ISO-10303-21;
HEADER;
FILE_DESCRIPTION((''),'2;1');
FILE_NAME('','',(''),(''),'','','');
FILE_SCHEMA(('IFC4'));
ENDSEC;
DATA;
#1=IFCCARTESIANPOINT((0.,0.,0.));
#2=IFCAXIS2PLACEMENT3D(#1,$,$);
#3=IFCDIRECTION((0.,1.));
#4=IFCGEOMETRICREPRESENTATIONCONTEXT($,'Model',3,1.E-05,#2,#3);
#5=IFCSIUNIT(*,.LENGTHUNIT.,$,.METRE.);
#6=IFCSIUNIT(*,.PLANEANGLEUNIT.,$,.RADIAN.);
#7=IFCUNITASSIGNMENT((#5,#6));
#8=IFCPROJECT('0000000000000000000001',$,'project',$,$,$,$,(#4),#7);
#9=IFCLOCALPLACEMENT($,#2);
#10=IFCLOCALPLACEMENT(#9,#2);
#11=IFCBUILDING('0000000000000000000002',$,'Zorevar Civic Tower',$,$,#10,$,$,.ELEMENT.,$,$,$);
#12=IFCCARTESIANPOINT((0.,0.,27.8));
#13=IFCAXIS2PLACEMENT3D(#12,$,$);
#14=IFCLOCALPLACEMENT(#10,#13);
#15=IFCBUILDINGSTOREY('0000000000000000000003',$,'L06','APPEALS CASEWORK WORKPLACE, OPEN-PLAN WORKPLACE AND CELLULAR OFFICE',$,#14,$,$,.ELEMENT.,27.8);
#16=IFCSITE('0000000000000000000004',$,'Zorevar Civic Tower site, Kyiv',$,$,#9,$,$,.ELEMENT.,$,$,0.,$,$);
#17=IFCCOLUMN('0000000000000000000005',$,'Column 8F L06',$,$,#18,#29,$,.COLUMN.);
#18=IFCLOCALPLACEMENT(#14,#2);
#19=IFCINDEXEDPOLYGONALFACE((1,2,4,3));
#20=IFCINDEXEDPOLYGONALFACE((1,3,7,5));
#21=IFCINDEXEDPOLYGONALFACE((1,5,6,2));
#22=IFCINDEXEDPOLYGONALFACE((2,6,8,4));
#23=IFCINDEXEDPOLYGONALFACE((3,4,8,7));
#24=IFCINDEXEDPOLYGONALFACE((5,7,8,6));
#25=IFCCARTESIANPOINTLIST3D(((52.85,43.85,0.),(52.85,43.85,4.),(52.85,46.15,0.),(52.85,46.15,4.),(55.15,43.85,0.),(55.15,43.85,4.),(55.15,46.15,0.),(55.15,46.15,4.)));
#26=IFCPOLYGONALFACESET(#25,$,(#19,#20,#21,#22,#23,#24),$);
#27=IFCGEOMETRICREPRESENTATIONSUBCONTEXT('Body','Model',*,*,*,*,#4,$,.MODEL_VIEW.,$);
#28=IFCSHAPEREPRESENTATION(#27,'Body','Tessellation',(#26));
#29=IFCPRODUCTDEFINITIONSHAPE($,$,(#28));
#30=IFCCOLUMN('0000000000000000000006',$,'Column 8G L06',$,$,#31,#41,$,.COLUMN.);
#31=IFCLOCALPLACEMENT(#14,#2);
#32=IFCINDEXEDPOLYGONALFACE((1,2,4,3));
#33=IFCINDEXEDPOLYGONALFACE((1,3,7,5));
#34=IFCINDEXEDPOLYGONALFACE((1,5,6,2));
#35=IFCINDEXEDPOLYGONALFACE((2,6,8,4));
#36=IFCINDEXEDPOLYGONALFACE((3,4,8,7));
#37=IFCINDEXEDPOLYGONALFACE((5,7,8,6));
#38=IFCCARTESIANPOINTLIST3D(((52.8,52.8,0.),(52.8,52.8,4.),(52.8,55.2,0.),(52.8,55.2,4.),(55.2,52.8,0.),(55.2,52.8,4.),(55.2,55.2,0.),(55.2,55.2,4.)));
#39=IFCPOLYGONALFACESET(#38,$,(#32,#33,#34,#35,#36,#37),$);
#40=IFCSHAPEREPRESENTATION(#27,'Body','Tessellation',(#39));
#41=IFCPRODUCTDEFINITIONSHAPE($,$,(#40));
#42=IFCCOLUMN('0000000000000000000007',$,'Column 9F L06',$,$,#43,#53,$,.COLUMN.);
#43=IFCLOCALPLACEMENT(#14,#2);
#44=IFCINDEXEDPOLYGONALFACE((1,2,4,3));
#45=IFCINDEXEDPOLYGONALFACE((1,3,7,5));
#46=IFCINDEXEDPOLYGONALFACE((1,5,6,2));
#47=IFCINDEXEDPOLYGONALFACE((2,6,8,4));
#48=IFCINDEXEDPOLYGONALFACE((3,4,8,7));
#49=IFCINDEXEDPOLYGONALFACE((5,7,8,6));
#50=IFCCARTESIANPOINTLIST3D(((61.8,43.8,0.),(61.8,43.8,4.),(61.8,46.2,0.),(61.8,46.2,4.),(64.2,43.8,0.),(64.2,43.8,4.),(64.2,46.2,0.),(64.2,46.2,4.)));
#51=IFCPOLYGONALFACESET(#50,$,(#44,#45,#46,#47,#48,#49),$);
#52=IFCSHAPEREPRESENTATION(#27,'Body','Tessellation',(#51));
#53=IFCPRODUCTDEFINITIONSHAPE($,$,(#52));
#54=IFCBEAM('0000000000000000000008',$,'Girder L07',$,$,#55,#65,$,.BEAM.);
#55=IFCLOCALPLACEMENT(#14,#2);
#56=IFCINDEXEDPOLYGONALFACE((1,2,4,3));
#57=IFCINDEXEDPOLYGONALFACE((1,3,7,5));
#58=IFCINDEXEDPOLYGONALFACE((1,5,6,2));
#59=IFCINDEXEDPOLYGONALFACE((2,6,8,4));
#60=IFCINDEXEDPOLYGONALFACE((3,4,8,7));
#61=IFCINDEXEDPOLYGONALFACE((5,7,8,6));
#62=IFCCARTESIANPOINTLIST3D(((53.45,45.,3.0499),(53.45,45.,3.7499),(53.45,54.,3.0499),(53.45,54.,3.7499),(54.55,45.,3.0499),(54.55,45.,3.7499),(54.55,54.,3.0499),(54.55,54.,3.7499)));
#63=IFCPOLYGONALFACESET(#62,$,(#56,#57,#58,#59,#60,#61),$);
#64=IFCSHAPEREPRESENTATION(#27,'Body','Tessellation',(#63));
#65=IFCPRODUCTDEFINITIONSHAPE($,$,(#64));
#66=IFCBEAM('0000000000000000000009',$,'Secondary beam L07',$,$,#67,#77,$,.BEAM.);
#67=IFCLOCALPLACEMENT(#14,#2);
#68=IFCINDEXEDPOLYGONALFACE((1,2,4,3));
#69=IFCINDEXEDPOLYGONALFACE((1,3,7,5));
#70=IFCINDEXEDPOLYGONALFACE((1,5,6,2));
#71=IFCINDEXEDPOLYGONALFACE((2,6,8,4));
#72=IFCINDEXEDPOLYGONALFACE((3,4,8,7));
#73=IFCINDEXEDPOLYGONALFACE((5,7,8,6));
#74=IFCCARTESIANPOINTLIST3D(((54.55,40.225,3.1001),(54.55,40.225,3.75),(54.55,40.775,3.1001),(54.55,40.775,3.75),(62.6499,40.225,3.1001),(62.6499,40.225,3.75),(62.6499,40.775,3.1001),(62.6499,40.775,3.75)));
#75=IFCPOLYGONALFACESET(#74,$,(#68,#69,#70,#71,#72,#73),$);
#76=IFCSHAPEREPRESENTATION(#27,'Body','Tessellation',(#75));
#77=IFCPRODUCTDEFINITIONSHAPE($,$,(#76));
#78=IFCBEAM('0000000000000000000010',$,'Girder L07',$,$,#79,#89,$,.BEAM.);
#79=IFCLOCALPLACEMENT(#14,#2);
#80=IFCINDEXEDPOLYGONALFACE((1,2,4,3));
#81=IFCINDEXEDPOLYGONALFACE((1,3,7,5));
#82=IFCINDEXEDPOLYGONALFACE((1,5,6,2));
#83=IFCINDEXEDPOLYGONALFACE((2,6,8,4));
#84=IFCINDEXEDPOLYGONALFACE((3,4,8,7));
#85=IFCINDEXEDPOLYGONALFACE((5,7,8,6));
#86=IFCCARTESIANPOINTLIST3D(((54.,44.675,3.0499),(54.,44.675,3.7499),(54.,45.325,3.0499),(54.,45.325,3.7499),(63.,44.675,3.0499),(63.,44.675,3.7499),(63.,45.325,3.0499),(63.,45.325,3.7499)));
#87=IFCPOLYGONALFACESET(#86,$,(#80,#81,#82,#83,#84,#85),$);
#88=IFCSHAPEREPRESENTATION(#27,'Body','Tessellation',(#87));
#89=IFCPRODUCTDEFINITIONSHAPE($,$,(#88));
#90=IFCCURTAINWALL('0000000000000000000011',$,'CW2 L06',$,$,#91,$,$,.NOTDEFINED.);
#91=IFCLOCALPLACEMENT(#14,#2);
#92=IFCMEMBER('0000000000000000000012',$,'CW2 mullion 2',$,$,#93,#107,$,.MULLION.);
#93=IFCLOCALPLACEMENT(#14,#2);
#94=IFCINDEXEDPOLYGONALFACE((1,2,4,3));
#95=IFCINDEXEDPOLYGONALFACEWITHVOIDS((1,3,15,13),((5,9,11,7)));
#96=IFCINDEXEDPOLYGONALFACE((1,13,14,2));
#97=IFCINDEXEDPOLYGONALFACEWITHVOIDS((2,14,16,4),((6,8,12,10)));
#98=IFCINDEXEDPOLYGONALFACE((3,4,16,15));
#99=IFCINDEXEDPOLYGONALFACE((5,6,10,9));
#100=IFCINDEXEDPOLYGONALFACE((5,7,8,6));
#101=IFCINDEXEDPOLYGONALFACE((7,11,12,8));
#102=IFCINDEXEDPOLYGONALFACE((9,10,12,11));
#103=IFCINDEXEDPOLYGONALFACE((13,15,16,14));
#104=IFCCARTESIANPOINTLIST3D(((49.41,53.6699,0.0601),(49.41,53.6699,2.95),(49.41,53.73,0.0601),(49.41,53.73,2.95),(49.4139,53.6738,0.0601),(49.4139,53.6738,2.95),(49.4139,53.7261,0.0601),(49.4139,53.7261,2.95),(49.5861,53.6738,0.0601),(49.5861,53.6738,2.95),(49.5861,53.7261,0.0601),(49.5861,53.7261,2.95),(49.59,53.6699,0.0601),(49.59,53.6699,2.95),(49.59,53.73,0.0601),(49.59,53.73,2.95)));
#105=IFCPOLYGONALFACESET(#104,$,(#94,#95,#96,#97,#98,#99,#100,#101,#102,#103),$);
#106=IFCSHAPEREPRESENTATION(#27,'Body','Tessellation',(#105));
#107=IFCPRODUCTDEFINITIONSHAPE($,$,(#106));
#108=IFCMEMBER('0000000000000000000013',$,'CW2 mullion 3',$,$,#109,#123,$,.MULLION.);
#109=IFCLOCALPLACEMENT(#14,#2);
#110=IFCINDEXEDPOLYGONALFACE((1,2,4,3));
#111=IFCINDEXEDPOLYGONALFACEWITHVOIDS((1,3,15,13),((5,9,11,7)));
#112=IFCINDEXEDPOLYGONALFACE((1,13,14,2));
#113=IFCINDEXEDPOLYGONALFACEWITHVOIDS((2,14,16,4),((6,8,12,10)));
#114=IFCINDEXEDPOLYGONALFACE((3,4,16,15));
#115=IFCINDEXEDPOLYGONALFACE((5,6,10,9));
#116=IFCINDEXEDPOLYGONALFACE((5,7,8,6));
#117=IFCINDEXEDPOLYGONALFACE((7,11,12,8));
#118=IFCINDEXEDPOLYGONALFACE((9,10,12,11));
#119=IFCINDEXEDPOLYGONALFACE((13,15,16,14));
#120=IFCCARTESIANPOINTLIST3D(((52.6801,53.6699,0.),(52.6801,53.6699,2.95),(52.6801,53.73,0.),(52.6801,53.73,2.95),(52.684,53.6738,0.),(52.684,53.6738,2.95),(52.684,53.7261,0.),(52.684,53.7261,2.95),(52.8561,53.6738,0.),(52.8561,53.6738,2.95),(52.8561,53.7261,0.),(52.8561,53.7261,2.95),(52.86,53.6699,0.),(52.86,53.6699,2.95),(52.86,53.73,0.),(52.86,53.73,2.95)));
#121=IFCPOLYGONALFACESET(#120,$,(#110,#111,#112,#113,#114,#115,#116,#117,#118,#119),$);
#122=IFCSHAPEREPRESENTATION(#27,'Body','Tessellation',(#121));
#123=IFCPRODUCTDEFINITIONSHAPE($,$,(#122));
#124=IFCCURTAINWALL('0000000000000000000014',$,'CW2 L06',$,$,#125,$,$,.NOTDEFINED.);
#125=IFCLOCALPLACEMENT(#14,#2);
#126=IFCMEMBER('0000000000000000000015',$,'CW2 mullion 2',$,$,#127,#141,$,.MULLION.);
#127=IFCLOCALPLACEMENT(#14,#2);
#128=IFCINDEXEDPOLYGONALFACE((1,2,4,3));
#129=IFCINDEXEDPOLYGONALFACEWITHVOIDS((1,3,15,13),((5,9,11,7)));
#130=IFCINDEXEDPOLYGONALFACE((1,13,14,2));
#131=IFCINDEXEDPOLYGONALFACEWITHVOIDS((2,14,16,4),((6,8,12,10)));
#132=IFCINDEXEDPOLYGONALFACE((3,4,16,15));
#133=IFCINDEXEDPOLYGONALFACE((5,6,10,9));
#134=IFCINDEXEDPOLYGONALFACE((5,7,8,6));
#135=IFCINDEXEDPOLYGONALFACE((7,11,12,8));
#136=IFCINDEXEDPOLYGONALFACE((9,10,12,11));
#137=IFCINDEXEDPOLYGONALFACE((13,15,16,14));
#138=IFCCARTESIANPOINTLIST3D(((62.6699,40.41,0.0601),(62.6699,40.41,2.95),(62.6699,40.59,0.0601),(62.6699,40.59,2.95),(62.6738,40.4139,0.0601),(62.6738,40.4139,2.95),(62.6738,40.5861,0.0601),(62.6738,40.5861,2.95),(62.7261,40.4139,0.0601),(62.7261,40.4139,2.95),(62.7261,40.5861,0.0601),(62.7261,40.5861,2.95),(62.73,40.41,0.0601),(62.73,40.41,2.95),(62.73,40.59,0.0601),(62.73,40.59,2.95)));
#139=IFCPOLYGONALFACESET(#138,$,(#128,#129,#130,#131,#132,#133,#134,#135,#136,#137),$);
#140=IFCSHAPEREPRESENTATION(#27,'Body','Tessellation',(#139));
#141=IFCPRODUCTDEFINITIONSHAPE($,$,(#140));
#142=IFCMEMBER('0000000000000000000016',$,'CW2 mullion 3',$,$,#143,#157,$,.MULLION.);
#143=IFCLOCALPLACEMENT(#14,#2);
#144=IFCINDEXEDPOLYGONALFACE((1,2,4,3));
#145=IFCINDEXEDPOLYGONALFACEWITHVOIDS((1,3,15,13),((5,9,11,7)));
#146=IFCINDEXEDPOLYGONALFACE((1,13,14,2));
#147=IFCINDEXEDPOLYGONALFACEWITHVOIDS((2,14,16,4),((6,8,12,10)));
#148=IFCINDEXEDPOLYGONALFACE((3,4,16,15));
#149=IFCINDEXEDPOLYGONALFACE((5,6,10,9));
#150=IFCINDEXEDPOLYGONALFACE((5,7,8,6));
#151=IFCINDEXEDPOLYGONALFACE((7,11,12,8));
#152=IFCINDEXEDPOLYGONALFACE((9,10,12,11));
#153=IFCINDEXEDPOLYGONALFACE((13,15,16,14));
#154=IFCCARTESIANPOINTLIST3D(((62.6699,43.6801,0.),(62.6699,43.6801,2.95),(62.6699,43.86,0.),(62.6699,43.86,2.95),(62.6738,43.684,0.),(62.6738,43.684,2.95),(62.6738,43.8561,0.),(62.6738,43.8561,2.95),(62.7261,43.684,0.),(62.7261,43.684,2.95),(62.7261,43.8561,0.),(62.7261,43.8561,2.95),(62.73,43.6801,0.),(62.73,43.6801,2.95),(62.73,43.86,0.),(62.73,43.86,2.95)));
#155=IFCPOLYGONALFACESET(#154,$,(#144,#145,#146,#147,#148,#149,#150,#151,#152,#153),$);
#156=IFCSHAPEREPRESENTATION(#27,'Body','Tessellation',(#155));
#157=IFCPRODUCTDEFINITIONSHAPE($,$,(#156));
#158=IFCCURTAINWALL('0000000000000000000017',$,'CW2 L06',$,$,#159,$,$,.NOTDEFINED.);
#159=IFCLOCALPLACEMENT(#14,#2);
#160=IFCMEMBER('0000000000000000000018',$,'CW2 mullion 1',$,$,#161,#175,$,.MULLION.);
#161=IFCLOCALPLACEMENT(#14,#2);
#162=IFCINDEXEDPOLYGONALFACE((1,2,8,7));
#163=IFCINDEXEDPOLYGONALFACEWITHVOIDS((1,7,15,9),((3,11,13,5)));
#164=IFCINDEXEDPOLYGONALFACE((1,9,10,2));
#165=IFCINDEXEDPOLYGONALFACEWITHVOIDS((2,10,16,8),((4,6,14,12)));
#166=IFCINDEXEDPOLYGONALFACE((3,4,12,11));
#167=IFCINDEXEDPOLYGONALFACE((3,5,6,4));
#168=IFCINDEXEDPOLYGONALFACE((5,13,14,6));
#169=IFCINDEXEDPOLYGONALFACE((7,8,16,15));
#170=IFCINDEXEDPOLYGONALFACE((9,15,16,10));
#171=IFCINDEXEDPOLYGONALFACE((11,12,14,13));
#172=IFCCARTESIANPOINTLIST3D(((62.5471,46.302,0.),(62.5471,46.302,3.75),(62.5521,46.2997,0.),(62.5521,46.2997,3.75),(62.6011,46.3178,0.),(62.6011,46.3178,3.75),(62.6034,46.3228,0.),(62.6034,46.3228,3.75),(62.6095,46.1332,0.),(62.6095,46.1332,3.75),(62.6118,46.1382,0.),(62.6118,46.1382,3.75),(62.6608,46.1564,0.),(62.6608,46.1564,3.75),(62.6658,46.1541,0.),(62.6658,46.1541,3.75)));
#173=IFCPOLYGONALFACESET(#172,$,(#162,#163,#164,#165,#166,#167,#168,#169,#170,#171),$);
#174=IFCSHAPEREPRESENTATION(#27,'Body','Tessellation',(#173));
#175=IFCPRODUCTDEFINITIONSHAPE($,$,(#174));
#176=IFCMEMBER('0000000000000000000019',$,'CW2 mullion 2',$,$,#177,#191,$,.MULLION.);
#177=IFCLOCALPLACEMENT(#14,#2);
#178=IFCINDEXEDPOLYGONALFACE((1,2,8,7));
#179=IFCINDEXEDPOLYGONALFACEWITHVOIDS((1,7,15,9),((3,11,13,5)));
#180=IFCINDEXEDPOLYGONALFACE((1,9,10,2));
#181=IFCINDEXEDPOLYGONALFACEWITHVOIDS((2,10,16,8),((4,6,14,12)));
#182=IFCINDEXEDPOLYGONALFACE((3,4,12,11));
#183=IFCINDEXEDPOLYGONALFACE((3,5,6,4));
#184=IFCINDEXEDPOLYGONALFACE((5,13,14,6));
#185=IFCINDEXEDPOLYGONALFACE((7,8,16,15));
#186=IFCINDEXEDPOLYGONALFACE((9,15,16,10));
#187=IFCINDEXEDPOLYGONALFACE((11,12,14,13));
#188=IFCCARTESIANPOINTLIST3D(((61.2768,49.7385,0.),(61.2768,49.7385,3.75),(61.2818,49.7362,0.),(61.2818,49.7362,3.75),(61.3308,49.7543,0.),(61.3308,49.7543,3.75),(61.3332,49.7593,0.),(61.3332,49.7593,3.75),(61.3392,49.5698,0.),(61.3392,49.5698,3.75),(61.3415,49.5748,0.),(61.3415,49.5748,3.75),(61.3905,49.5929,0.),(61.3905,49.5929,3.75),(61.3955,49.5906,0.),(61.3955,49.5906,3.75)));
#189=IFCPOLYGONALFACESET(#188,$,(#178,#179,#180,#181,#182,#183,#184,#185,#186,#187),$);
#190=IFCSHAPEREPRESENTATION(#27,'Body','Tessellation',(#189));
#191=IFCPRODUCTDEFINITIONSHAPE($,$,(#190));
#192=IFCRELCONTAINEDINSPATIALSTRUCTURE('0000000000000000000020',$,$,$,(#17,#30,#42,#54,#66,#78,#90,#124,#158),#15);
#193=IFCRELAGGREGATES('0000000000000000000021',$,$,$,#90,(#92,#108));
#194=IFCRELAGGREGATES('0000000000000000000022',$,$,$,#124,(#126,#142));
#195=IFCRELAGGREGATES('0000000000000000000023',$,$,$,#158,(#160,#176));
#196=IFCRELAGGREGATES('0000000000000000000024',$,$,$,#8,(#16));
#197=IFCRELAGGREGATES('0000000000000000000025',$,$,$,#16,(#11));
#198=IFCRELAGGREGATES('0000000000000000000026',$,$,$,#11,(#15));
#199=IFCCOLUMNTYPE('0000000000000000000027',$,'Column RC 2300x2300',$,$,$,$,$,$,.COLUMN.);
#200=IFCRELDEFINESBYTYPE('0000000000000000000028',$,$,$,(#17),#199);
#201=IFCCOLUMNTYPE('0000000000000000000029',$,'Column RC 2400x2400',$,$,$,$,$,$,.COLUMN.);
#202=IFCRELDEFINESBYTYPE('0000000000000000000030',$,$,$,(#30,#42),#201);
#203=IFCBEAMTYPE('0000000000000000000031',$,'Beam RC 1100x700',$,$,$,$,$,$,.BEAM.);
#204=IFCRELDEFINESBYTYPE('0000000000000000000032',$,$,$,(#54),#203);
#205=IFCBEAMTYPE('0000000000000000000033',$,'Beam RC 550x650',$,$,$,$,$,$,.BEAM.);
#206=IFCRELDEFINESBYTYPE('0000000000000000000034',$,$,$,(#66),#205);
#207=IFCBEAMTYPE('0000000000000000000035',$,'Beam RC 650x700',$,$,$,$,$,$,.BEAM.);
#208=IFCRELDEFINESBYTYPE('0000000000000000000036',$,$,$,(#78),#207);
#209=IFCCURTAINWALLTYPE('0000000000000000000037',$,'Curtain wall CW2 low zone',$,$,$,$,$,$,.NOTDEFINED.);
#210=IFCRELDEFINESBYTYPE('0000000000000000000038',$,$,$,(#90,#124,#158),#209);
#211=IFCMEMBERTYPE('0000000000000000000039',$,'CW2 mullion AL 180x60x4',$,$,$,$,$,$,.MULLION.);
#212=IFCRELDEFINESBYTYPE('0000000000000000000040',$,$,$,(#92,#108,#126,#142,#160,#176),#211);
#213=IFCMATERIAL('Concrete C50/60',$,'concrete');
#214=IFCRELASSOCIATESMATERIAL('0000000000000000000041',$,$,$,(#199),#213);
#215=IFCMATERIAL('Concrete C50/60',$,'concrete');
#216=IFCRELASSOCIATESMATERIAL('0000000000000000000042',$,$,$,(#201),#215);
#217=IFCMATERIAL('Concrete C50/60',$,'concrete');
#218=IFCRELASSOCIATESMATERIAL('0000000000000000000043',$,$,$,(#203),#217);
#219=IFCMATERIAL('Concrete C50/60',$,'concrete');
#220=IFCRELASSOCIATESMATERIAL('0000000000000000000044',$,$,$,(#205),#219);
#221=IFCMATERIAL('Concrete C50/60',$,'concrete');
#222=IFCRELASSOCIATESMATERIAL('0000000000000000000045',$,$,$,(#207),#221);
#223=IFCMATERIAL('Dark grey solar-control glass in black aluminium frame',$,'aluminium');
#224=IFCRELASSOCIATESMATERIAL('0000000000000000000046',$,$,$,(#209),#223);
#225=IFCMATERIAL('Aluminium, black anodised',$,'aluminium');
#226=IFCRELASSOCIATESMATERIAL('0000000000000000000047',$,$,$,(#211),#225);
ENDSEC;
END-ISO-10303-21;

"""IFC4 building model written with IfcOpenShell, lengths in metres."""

from ifc_helpers import new_model, si_unit, direction, frame, origin, origin_2d, place, context, subcontext, project, spatial, rectangle, hollow_rectangle, extrude, material, material_profile, profile_set, type_object, element, aggregate, save


model = new_model("IFC4")

# Units and contexts
model_context = context("Model", 3, precision=1e-05, world=origin(), true_north=direction((0.0, 1.0)))
body_context = subcontext(model_context, "Body", "Model", "MODEL_VIEW")
ifc_project = project(units=[si_unit("LENGTHUNIT", "METRE"), si_unit("PLANEANGLEUNIT", "RADIAN")], contexts=[model_context])

# Site, building, storey
site_placement = place(None, origin())
site = spatial("IfcSite", under=ifc_project, at=site_placement, Name="Zorevar Civic Tower site, Kyiv", CompositionType="ELEMENT", RefElevation=0.0)
building_placement = place(site_placement, origin())
building = spatial("IfcBuilding", under=site, at=building_placement, Name="Zorevar Civic Tower", CompositionType="ELEMENT")
storey_placement = place(building_placement, frame((0.0, 0.0, 27.8)))
storey = spatial("IfcBuildingStorey", under=building, at=storey_placement, Name="L06", Description="APPEALS CASEWORK WORKPLACE, OPEN-PLAN WORKPLACE AND CELLULAR OFFICE", CompositionType="ELEMENT", Elevation=27.8)

# Columns
ifc_material_1 = material(Name="Concrete C50/60", Category="concrete")
ifc_material_profile_1 = material_profile(ifc_material_1, rectangle(XDim=2.3, YDim=2.3, at=origin_2d()), Name="RC 2300x2300")
ifc_profile_set_1 = profile_set([ifc_material_profile_1], Name="Concrete C50/60")
column_type_1 = type_object("IfcColumnType", Name="Column RC 2300x2300", PredefinedType="COLUMN", material=ifc_profile_set_1)
column_placement = place(storey_placement, frame((54.0, 45.0, 0.0), z_axis=(0.0, 0.0, 1.0), x_axis=(1.0, 0.0, 0.0)))
element("IfcColumn", 1, at=column_placement, inside=storey, type_object=column_type_1, Name="Column 8F L06", PredefinedType="COLUMN", context=body_context, shape_type="SweptSolid", body=[
    extrude(rectangle(XDim=2.3, YDim=2.3, at=origin_2d()), origin(), (0.0, 0.0, 1.0), 4.0),
])
ifc_material_2 = material(Name="Concrete C50/60", Category="concrete")
ifc_material_profile_2 = material_profile(ifc_material_2, rectangle(XDim=2.3999, YDim=2.3999, at=origin_2d()), Name="RC 2400x2400")
ifc_profile_set_2 = profile_set([ifc_material_profile_2], Name="Concrete C50/60")
column_type_2 = type_object("IfcColumnType", Name="Column RC 2400x2400", PredefinedType="COLUMN", material=ifc_profile_set_2)
for number, where, z_axis, x_axis, name in (
    (2, (54.0, 54.0, 0.0), (0.0, 0.0, 1.0), (1.0, 0.0, 0.0), "Column 8G L06"),
    (3, (63.0, 45.0, 0.0), (0.0, 0.0, 1.0), (1.0, 0.0, 0.0), "Column 9F L06"),
):
    element("IfcColumn", number, at=place(storey_placement, frame(where, z_axis=z_axis, x_axis=x_axis)), inside=storey, type_object=column_type_2, Name=name, PredefinedType="COLUMN", context=body_context, shape_type="SweptSolid", body=[
        extrude(rectangle(XDim=2.3999, YDim=2.3999, at=origin_2d()), origin(), (0.0, 0.0, 1.0), 4.0),
    ])

# Beams
ifc_material_3 = material(Name="Concrete C50/60", Category="concrete")
ifc_material_profile_3 = material_profile(ifc_material_3, rectangle(XDim=1.1001, YDim=0.7, at=origin_2d()), Name="RC 1100x700")
ifc_profile_set_3 = profile_set([ifc_material_profile_3], Name="Concrete C50/60")
beam_type_1 = type_object("IfcBeamType", Name="Beam RC 1100x700", PredefinedType="BEAM", material=ifc_profile_set_3)
beam_1_placement = place(storey_placement, frame((54.0, 45.0, 3.3999), z_axis=(0.0, 1.0, 0.0), x_axis=(-1.0, 0.0, 0.0)))
element("IfcBeam", 4, at=beam_1_placement, inside=storey, type_object=beam_type_1, Name="Girder L07", PredefinedType="BEAM", context=body_context, shape_type="SweptSolid", body=[
    extrude(rectangle(XDim=1.1001, YDim=0.7, at=origin_2d()), origin(), (0.0, 0.0, 1.0), 9.0),
])
ifc_material_4 = material(Name="Concrete C50/60", Category="concrete")
ifc_material_profile_4 = material_profile(ifc_material_4, rectangle(XDim=0.55, YDim=0.6499, at=origin_2d()), Name="RC 550x650")
ifc_profile_set_4 = profile_set([ifc_material_profile_4], Name="Concrete C50/60")
beam_type_2 = type_object("IfcBeamType", Name="Beam RC 550x650", PredefinedType="BEAM", material=ifc_profile_set_4)
beam_2_placement = place(storey_placement, frame((54.55, 40.5, 3.425), z_axis=(1.0, 0.0, 0.0), x_axis=(0.0, 1.0, 0.0)))
element("IfcBeam", 5, at=beam_2_placement, inside=storey, type_object=beam_type_2, Name="Secondary beam L07", PredefinedType="BEAM", context=body_context, shape_type="SweptSolid", body=[
    extrude(rectangle(XDim=0.55, YDim=0.6499, at=origin_2d()), origin(), (0.0, 0.0, 1.0), 8.0999),
])
ifc_material_5 = material(Name="Concrete C50/60", Category="concrete")
ifc_material_profile_5 = material_profile(ifc_material_5, rectangle(XDim=0.6499, YDim=0.7, at=origin_2d()), Name="RC 650x700")
ifc_profile_set_5 = profile_set([ifc_material_profile_5], Name="Concrete C50/60")
beam_type_3 = type_object("IfcBeamType", Name="Beam RC 650x700", PredefinedType="BEAM", material=ifc_profile_set_5)
beam_3_placement = place(storey_placement, frame((54.0, 45.0, 3.3999), z_axis=(1.0, 0.0, 0.0), x_axis=(0.0, 1.0, 0.0)))
element("IfcBeam", 6, at=beam_3_placement, inside=storey, type_object=beam_type_3, Name="Girder L07", PredefinedType="BEAM", context=body_context, shape_type="SweptSolid", body=[
    extrude(rectangle(XDim=0.6499, YDim=0.7, at=origin_2d()), origin(), (0.0, 0.0, 1.0), 9.0),
])

# Curtain walls, members
ifc_material_6 = material(Name="Dark grey solar-control glass in black aluminium frame", Category="aluminium")
curtain_wall_type = type_object("IfcCurtainWallType", Name="Curtain wall CW2 low zone", PredefinedType="NOTDEFINED", material=ifc_material_6)
curtain_wall_1_placement = place(storey_placement, origin())
curtain_wall_1 = element("IfcCurtainWall", 7, at=curtain_wall_1_placement, inside=storey, type_object=curtain_wall_type, Name="CW2 L06", PredefinedType="NOTDEFINED")
ifc_material_7 = material(Name="Aluminium, black anodised", Category="aluminium")
ifc_material_profile_6 = material_profile(ifc_material_7, hollow_rectangle(XDim=0.0601, YDim=0.1799, WallThickness=0.0039, at=origin_2d()), Name="AL 180x60x4")
ifc_profile_set_6 = profile_set([ifc_material_profile_6], Name="Aluminium, black anodised")
member_type_1 = type_object("IfcMemberType", Name="CW2 mullion AL 180x60x4", PredefinedType="MULLION", material=ifc_profile_set_6)
member_1_placement = place(storey_placement, frame((49.5, 53.7, 0.0601), z_axis=(0.0, 0.0, 1.0), x_axis=(0.0, 1.0, 0.0)))
member_1 = element("IfcMember", 8, at=member_1_placement, type_object=member_type_1, Name="CW2 mullion 2", PredefinedType="MULLION", context=body_context, shape_type="SweptSolid", body=[
    extrude(hollow_rectangle(XDim=0.0601, YDim=0.1799, WallThickness=0.0039, at=origin_2d()), origin(), (0.0, 0.0, 1.0), 2.8899),
])
member_2_placement = place(storey_placement, frame((52.77, 53.7, 0.0), z_axis=(0.0, 0.0, 1.0), x_axis=(0.0, 1.0, 0.0)))
member_2 = element("IfcMember", 9, at=member_2_placement, type_object=member_type_1, Name="CW2 mullion 3", PredefinedType="MULLION", context=body_context, shape_type="SweptSolid", body=[
    extrude(hollow_rectangle(XDim=0.0601, YDim=0.1799, WallThickness=0.0039, at=origin_2d()), origin(), (0.0, 0.0, 1.0), 2.95),
])
curtain_wall_2_placement = place(storey_placement, origin())
curtain_wall_2 = element("IfcCurtainWall", 10, at=curtain_wall_2_placement, inside=storey, type_object=curtain_wall_type, Name="CW2 L06", PredefinedType="NOTDEFINED")
member_3_placement = place(storey_placement, frame((62.7, 40.5, 0.0601), z_axis=(0.0, 0.0, 1.0), x_axis=(-1.0, 0.0, 0.0)))
member_3 = element("IfcMember", 11, at=member_3_placement, type_object=member_type_1, Name="CW2 mullion 2", PredefinedType="MULLION", context=body_context, shape_type="SweptSolid", body=[
    extrude(hollow_rectangle(XDim=0.0601, YDim=0.1799, WallThickness=0.0039, at=origin_2d()), origin(), (0.0, 0.0, 1.0), 2.8899),
])
member_4_placement = place(storey_placement, frame((62.7, 43.77, 0.0), z_axis=(0.0, 0.0, 1.0), x_axis=(-1.0, 0.0, 0.0)))
member_4 = element("IfcMember", 12, at=member_4_placement, type_object=member_type_1, Name="CW2 mullion 3", PredefinedType="MULLION", context=body_context, shape_type="SweptSolid", body=[
    extrude(hollow_rectangle(XDim=0.0601, YDim=0.1799, WallThickness=0.0039, at=origin_2d()), origin(), (0.0, 0.0, 1.0), 2.95),
])
curtain_wall_3_placement = place(storey_placement, origin())
curtain_wall_3 = element("IfcCurtainWall", 13, at=curtain_wall_3_placement, inside=storey, type_object=curtain_wall_type, Name="CW2 L06", PredefinedType="NOTDEFINED")
member_5_placement = place(storey_placement, frame((62.6064, 46.228, 0.0), z_axis=(0.0, 0.0, 1.0), x_axis=(-0.937975, -0.346704, 0.0)))
member_5 = element("IfcMember", 14, at=member_5_placement, type_object=member_type_1, Name="CW2 mullion 1", PredefinedType="MULLION", context=body_context, shape_type="SweptSolid", body=[
    extrude(hollow_rectangle(XDim=0.0601, YDim=0.1799, WallThickness=0.0039, at=origin_2d()), origin(), (0.0, 0.0, 1.0), 3.75),
])
member_6_placement = place(storey_placement, frame((61.3362, 49.6646, 0.0), z_axis=(0.0, 0.0, 1.0), x_axis=(-0.937975, -0.346704, 0.0)))
member_6 = element("IfcMember", 15, at=member_6_placement, type_object=member_type_1, Name="CW2 mullion 2", PredefinedType="MULLION", context=body_context, shape_type="SweptSolid", body=[
    extrude(hollow_rectangle(XDim=0.0601, YDim=0.1799, WallThickness=0.0039, at=origin_2d()), origin(), (0.0, 0.0, 1.0), 3.75),
])

aggregate(curtain_wall_1, [member_1, member_2])
aggregate(curtain_wall_2, [member_3, member_4])
aggregate(curtain_wall_3, [member_5, member_6])

save(model, "model.ifc")
